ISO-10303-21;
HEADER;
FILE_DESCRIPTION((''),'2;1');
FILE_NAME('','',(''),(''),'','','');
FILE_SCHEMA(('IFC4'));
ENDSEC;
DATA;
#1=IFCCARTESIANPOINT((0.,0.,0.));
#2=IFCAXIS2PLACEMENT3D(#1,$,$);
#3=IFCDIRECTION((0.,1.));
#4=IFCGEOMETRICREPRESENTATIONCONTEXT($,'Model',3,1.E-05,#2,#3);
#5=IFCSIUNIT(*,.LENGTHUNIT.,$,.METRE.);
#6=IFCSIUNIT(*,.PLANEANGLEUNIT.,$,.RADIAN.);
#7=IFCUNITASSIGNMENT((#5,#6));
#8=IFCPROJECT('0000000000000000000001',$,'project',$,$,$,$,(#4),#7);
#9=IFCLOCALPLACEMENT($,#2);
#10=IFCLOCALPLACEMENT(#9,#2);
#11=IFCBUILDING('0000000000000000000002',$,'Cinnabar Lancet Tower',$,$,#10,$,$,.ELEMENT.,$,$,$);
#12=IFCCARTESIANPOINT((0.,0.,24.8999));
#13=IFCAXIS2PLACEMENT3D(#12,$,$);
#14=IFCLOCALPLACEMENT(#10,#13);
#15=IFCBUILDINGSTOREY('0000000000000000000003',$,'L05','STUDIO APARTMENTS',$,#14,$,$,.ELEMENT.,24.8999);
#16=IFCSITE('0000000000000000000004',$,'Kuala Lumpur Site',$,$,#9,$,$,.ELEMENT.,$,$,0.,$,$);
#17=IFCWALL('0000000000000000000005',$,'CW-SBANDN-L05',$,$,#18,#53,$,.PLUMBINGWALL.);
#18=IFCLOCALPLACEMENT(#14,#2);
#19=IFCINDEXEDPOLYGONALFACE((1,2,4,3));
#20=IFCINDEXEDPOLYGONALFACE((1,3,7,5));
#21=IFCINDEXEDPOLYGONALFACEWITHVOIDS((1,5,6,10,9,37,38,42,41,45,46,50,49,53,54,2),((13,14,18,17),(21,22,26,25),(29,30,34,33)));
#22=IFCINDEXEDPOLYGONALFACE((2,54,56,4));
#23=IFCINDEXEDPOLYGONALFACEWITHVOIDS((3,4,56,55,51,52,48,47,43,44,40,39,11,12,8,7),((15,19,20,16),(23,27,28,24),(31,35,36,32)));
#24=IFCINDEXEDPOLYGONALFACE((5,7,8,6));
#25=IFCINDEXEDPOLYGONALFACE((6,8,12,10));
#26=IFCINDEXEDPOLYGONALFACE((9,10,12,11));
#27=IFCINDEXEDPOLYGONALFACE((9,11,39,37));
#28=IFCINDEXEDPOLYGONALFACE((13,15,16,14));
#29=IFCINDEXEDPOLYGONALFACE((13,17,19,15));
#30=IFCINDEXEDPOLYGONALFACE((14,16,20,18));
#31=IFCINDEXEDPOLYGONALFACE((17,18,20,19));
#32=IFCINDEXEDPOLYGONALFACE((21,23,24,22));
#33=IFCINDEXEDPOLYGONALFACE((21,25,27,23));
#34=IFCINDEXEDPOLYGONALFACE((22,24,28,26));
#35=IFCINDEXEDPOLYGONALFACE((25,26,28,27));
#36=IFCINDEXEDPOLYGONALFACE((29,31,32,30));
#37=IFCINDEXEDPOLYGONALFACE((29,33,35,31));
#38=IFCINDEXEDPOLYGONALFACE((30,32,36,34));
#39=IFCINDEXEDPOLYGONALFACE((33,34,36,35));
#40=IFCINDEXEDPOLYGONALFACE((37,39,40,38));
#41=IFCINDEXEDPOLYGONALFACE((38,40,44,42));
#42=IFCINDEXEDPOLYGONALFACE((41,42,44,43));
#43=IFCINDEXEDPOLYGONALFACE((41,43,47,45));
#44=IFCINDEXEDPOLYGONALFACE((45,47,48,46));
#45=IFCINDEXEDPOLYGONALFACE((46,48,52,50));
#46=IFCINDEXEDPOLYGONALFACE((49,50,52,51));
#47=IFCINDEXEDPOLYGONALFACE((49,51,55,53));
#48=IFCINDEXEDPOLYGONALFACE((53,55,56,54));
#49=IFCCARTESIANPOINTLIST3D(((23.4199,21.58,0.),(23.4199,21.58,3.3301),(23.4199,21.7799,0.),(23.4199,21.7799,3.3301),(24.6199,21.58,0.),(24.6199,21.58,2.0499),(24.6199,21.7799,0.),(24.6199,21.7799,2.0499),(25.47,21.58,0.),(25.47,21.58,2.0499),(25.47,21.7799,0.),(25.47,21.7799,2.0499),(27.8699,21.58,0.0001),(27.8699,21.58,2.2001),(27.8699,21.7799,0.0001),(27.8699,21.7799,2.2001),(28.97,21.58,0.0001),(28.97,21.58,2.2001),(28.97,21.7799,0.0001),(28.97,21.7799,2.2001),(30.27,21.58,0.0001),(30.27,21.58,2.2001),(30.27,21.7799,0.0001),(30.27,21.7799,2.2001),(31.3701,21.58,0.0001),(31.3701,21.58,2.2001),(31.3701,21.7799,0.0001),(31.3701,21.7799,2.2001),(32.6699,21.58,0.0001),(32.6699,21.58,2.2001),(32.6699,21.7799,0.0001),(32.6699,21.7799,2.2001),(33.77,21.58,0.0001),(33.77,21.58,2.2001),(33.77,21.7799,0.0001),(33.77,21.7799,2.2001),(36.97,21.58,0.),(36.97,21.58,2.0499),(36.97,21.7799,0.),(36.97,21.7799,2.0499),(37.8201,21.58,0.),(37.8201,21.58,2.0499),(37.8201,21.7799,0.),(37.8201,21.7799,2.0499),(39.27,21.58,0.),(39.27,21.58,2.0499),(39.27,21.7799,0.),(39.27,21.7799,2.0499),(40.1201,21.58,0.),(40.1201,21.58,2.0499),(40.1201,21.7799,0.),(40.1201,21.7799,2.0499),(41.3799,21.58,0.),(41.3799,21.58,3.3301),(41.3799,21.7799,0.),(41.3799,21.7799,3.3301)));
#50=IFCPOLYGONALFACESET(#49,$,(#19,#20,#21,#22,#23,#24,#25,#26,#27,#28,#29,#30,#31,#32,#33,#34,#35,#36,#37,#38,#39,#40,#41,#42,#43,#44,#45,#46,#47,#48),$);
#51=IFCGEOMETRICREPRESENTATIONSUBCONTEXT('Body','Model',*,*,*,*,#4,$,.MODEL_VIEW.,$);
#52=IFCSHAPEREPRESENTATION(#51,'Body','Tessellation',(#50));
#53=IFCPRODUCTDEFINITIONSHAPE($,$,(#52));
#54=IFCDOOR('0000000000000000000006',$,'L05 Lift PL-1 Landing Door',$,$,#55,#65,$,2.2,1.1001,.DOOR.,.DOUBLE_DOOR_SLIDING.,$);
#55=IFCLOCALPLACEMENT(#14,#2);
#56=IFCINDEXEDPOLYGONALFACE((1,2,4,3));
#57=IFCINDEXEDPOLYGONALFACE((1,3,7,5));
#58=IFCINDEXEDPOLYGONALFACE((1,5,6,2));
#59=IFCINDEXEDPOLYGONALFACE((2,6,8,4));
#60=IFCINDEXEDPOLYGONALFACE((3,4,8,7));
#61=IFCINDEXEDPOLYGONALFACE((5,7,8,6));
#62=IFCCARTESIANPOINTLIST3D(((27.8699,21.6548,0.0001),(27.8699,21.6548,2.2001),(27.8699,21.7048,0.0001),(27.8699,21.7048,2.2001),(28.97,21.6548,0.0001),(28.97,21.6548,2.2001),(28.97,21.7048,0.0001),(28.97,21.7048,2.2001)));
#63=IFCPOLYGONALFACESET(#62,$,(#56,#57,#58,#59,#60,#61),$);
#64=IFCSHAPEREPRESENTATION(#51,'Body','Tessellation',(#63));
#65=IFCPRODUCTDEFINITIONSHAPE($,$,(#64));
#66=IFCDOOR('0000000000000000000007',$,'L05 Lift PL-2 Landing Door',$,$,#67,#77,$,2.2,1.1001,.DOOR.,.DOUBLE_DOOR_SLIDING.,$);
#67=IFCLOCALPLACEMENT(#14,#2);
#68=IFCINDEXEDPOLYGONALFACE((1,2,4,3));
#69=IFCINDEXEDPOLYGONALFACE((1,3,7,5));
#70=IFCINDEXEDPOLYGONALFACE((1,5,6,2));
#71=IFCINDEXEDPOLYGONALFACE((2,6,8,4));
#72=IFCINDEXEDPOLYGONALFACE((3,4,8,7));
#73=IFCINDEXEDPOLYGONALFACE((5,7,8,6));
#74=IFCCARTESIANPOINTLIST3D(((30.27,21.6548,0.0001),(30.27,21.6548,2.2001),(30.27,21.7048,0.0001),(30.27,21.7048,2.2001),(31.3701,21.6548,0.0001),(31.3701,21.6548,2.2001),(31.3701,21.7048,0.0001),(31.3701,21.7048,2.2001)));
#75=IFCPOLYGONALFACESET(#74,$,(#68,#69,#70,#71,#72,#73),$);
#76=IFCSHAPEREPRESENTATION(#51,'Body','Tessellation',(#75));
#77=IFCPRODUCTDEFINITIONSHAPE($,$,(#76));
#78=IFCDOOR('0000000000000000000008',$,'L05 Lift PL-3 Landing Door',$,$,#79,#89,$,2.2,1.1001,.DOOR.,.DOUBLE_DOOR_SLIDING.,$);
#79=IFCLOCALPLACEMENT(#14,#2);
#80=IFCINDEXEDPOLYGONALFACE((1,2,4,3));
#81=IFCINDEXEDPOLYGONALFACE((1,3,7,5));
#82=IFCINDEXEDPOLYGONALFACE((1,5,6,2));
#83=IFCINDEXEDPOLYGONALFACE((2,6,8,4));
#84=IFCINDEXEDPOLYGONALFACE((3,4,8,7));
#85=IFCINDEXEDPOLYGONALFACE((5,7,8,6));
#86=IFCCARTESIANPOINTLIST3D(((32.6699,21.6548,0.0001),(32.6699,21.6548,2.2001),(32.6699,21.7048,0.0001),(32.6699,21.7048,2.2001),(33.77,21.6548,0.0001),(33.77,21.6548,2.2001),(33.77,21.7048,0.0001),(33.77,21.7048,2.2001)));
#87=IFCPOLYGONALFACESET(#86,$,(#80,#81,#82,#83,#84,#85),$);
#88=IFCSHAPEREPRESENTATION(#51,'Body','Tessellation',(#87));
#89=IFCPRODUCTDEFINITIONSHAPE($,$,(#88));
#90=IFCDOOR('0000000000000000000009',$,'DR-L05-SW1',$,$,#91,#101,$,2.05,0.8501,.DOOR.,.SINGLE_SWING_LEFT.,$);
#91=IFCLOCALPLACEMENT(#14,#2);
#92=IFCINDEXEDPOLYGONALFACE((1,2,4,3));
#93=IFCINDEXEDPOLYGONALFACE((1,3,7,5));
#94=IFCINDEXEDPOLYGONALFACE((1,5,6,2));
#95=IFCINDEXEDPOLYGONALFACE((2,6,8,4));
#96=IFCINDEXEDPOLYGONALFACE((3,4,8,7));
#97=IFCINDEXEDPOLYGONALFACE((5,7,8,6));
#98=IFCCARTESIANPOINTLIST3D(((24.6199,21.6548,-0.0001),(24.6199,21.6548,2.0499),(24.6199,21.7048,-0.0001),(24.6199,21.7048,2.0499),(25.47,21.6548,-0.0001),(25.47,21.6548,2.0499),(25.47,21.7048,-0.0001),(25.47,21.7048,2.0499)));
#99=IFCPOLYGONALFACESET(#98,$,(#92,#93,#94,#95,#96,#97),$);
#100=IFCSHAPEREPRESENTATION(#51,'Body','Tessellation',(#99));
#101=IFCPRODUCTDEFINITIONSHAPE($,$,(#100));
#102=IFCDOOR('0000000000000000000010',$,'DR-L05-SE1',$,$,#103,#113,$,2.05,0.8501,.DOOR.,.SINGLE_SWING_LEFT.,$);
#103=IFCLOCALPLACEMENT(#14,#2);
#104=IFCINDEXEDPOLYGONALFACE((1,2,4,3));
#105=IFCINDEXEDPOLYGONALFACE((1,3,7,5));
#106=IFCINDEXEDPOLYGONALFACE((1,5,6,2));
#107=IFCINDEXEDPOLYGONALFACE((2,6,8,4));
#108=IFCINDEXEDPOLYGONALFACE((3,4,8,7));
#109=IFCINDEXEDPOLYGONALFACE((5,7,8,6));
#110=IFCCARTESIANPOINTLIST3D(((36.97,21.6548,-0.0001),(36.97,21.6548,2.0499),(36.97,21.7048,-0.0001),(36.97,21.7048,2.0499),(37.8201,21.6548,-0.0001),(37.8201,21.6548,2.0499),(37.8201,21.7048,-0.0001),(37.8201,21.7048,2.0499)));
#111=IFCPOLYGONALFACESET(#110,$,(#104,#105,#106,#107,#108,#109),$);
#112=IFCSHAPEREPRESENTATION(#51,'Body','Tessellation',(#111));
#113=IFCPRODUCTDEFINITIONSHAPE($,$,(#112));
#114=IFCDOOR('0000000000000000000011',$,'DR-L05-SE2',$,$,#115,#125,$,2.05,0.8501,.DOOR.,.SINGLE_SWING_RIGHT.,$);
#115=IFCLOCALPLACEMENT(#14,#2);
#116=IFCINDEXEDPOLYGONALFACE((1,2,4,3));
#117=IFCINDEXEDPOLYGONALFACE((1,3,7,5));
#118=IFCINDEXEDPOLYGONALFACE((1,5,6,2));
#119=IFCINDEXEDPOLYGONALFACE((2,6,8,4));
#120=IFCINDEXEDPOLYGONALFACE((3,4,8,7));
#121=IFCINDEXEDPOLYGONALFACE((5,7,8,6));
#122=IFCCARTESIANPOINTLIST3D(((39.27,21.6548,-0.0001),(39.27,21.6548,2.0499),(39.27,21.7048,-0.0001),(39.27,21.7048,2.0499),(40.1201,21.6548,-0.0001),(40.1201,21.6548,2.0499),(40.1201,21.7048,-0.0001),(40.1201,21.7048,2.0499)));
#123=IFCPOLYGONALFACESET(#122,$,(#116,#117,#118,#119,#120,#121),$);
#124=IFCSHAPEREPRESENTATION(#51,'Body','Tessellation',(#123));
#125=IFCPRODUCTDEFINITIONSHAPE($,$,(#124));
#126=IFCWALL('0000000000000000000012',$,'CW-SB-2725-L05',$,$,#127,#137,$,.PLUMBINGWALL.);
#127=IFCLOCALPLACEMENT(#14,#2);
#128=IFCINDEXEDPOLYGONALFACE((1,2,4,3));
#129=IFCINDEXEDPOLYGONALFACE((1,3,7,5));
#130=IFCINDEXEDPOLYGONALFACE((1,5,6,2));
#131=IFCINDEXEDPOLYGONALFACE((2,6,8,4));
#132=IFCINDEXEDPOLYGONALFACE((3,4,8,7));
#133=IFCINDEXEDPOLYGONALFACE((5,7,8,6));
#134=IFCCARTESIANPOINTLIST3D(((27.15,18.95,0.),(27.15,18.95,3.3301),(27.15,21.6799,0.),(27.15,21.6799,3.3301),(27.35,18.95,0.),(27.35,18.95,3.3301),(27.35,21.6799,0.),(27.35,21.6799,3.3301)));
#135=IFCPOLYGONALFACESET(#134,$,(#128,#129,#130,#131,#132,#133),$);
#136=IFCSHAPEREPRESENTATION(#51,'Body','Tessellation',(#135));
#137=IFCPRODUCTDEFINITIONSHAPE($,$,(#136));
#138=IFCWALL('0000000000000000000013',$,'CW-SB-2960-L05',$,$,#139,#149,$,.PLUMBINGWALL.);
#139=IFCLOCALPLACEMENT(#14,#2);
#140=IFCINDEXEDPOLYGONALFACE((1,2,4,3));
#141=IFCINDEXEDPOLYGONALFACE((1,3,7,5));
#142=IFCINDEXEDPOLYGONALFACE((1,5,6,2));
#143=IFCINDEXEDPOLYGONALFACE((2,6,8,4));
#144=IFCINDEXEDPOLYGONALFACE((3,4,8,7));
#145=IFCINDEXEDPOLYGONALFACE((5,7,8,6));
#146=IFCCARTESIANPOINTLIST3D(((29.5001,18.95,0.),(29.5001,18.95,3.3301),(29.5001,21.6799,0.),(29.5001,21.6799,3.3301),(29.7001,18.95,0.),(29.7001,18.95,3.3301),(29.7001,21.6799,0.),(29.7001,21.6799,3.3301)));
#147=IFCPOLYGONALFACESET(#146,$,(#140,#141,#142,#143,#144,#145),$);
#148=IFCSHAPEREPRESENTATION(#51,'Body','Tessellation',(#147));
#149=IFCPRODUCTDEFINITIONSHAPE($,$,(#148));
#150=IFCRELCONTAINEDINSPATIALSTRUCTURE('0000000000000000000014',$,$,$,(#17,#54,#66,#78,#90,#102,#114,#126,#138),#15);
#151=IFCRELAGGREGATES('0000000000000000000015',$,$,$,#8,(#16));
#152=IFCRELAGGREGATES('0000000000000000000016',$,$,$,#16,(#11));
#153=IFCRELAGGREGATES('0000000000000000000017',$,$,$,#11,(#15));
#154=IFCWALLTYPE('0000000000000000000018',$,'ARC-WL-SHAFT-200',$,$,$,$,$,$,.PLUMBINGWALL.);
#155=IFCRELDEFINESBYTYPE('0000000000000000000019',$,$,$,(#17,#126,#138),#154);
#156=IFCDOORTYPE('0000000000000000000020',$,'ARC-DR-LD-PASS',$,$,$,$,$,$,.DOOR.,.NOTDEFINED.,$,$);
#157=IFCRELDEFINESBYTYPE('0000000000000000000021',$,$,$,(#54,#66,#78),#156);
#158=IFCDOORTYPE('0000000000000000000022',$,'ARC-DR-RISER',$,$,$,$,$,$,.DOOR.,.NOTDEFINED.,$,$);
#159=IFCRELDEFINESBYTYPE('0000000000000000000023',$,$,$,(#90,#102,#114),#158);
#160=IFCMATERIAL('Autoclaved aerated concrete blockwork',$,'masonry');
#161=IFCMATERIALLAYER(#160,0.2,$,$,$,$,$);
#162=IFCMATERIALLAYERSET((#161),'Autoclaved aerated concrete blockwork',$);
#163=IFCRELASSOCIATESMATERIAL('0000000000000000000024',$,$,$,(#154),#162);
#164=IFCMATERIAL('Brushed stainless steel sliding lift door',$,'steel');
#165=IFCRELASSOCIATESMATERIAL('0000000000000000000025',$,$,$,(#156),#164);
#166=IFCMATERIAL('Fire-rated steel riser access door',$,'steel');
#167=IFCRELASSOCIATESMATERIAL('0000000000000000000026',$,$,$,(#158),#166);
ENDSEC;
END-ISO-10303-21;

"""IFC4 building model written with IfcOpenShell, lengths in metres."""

from ifc_helpers import new_model, si_unit, direction, frame, frame_2d, origin, place, context, subcontext, project, spatial, rectangle, extrude, material, layer, layer_set, type_object, element, fill, save


model = new_model("IFC4")

# Units and contexts
model_context = context("Model", 3, precision=1e-05, world=origin(), true_north=direction((0.0, 1.0)))
body_context = subcontext(model_context, "Body", "Model", "MODEL_VIEW")
ifc_project = project(units=[si_unit("LENGTHUNIT", "METRE"), si_unit("PLANEANGLEUNIT", "RADIAN")], contexts=[model_context])

# Site, building, storey
site_placement = place(None, origin())
site = spatial("IfcSite", under=ifc_project, at=site_placement, Name="Kuala Lumpur Site", CompositionType="ELEMENT", RefElevation=0.0)
building_placement = place(site_placement, origin())
building = spatial("IfcBuilding", under=site, at=building_placement, Name="Cinnabar Lancet Tower", CompositionType="ELEMENT")
storey_placement = place(building_placement, frame((0.0, 0.0, 24.8999)))
storey = spatial("IfcBuildingStorey", under=building, at=storey_placement, Name="L05", Description="STUDIO APARTMENTS", CompositionType="ELEMENT", Elevation=24.8999)

# Shared definitions
ifc_material_1 = material(Name="Autoclaved aerated concrete blockwork", Category="masonry")
ifc_layer_1 = layer(ifc_material_1, 0.2)
ifc_layer_set_1 = layer_set([ifc_layer_1], Name="Autoclaved aerated concrete blockwork")
wall_type_1 = type_object("IfcWallType", Name="ARC-WL-SHAFT-200", PredefinedType="PLUMBINGWALL", material=ifc_layer_set_1)

# Wall, openings, doors
wall_1_placement = place(storey_placement, frame((23.4199, 21.6799, 0.0), z_axis=(0.0, 0.0, 1.0), x_axis=(1.0, 0.0, 0.0)))
wall_1 = element("IfcWall", 1, at=wall_1_placement, inside=storey, type_object=wall_type_1, Name="CW-SBANDN-L05", PredefinedType="PLUMBINGWALL", context=body_context, shape_type="SweptSolid", body=[
    extrude(rectangle(XDim=17.96, YDim=0.2, at=frame_2d((8.98, 0.0))), origin(), (0.0, 0.0, 1.0), 3.3301),
])
opening_1_placement = place(wall_1_placement, frame((4.45, 0.0, 0.0)))
opening_1 = element("IfcOpeningElement", 2, at=opening_1_placement, cuts=wall_1, PredefinedType="OPENING", context=body_context, shape_type="SweptSolid", body=[
    extrude(rectangle(XDim=1.1001, YDim=2.2, at=frame_2d((0.55, 1.1001))), frame((0.0, 0.1099, 0.0), z_axis=(0.0, -1.0, 0.0), x_axis=(1.0, 0.0, 0.0)), (0.0, 0.0, 1.0), 0.22),
])
opening_2_placement = place(wall_1_placement, frame((6.8501, 0.0, 0.0)))
opening_2 = element("IfcOpeningElement", 3, at=opening_2_placement, cuts=wall_1, PredefinedType="OPENING", context=body_context, shape_type="SweptSolid", body=[
    extrude(rectangle(XDim=1.1001, YDim=2.2, at=frame_2d((0.55, 1.1001))), frame((0.0, 0.1099, 0.0), z_axis=(0.0, -1.0, 0.0), x_axis=(1.0, 0.0, 0.0)), (0.0, 0.0, 1.0), 0.22),
])
opening_3_placement = place(wall_1_placement, frame((9.25, 0.0, 0.0)))
opening_3 = element("IfcOpeningElement", 4, at=opening_3_placement, cuts=wall_1, PredefinedType="OPENING", context=body_context, shape_type="SweptSolid", body=[
    extrude(rectangle(XDim=1.1001, YDim=2.2, at=frame_2d((0.55, 1.1001))), frame((0.0, 0.1099, 0.0), z_axis=(0.0, -1.0, 0.0), x_axis=(1.0, 0.0, 0.0)), (0.0, 0.0, 1.0), 0.22),
])
opening_4_placement = place(wall_1_placement, frame((1.2, 0.0, 0.0)))
opening_4 = element("IfcOpeningElement", 5, at=opening_4_placement, cuts=wall_1, PredefinedType="OPENING", context=body_context, shape_type="SweptSolid", body=[
    extrude(rectangle(XDim=0.8501, YDim=2.05, at=frame_2d((0.425, 1.0249))), frame((0.0, 0.1099, 0.0), z_axis=(0.0, -1.0, 0.0), x_axis=(1.0, 0.0, 0.0)), (0.0, 0.0, 1.0), 0.22),
])
opening_5_placement = place(wall_1_placement, frame((13.55, 0.0, 0.0)))
opening_5 = element("IfcOpeningElement", 6, at=opening_5_placement, cuts=wall_1, PredefinedType="OPENING", context=body_context, shape_type="SweptSolid", body=[
    extrude(rectangle(XDim=0.8501, YDim=2.05, at=frame_2d((0.425, 1.0249))), frame((0.0, 0.1099, 0.0), z_axis=(0.0, -1.0, 0.0), x_axis=(1.0, 0.0, 0.0)), (0.0, 0.0, 1.0), 0.22),
])
opening_6_placement = place(wall_1_placement, frame((15.8501, 0.0, 0.0)))
opening_6 = element("IfcOpeningElement", 7, at=opening_6_placement, cuts=wall_1, PredefinedType="OPENING", context=body_context, shape_type="SweptSolid", body=[
    extrude(rectangle(XDim=0.8501, YDim=2.05, at=frame_2d((0.425, 1.0249))), frame((0.0, 0.1099, 0.0), z_axis=(0.0, -1.0, 0.0), x_axis=(1.0, 0.0, 0.0)), (0.0, 0.0, 1.0), 0.22),
])
ifc_material_2 = material(Name="Brushed stainless steel sliding lift door", Category="steel")
door_type_1 = type_object("IfcDoorType", Name="ARC-DR-LD-PASS", OperationType="NOTDEFINED", PredefinedType="DOOR", material=ifc_material_2)
door_1_placement = place(opening_1_placement, origin())
door_1 = element("IfcDoor", 8, at=door_1_placement, inside=storey, type_object=door_type_1, Name="L05 Lift PL-1 Landing Door", OperationType="DOUBLE_DOOR_SLIDING", OverallHeight=2.2, OverallWidth=1.1001, PredefinedType="DOOR", context=body_context, shape_type="SweptSolid", body=[
    extrude(rectangle(XDim=1.1001, YDim=2.2, at=frame_2d((0.55, 1.1001))), frame((0.0, 0.0249, 0.0), z_axis=(0.0, -1.0, 0.0), x_axis=(1.0, 0.0, 0.0)), (0.0, 0.0, 1.0), 0.05),
])
fill(opening_1, door_1)
door_2_placement = place(opening_2_placement, origin())
door_2 = element("IfcDoor", 9, at=door_2_placement, inside=storey, type_object=door_type_1, Name="L05 Lift PL-2 Landing Door", OperationType="DOUBLE_DOOR_SLIDING", OverallHeight=2.2, OverallWidth=1.1001, PredefinedType="DOOR", context=body_context, shape_type="SweptSolid", body=[
    extrude(rectangle(XDim=1.1001, YDim=2.2, at=frame_2d((0.55, 1.1001))), frame((0.0, 0.0249, 0.0), z_axis=(0.0, -1.0, 0.0), x_axis=(1.0, 0.0, 0.0)), (0.0, 0.0, 1.0), 0.05),
])
fill(opening_2, door_2)
door_3_placement = place(opening_3_placement, origin())
door_3 = element("IfcDoor", 10, at=door_3_placement, inside=storey, type_object=door_type_1, Name="L05 Lift PL-3 Landing Door", OperationType="DOUBLE_DOOR_SLIDING", OverallHeight=2.2, OverallWidth=1.1001, PredefinedType="DOOR", context=body_context, shape_type="SweptSolid", body=[
    extrude(rectangle(XDim=1.1001, YDim=2.2, at=frame_2d((0.55, 1.1001))), frame((0.0, 0.0249, 0.0), z_axis=(0.0, -1.0, 0.0), x_axis=(1.0, 0.0, 0.0)), (0.0, 0.0, 1.0), 0.05),
])
fill(opening_3, door_3)
ifc_material_3 = material(Name="Fire-rated steel riser access door", Category="steel")
door_type_2 = type_object("IfcDoorType", Name="ARC-DR-RISER", OperationType="NOTDEFINED", PredefinedType="DOOR", material=ifc_material_3)
door_4_placement = place(opening_4_placement, origin())
door_4 = element("IfcDoor", 11, at=door_4_placement, inside=storey, type_object=door_type_2, Name="DR-L05-SW1", OperationType="SINGLE_SWING_LEFT", OverallHeight=2.05, OverallWidth=0.8501, PredefinedType="DOOR", context=body_context, shape_type="SweptSolid", body=[
    extrude(rectangle(XDim=0.8501, YDim=2.05, at=frame_2d((0.425, 1.0249))), frame((0.0, 0.0249, 0.0), z_axis=(0.0, -1.0, 0.0), x_axis=(1.0, 0.0, 0.0)), (0.0, 0.0, 1.0), 0.05),
])
fill(opening_4, door_4)
door_5_placement = place(opening_5_placement, origin())
door_5 = element("IfcDoor", 12, at=door_5_placement, inside=storey, type_object=door_type_2, Name="DR-L05-SE1", OperationType="SINGLE_SWING_LEFT", OverallHeight=2.05, OverallWidth=0.8501, PredefinedType="DOOR", context=body_context, shape_type="SweptSolid", body=[
    extrude(rectangle(XDim=0.8501, YDim=2.05, at=frame_2d((0.425, 1.0249))), frame((0.0, 0.0249, 0.0), z_axis=(0.0, -1.0, 0.0), x_axis=(1.0, 0.0, 0.0)), (0.0, 0.0, 1.0), 0.05),
])
fill(opening_5, door_5)
door_6_placement = place(opening_6_placement, origin())
door_6 = element("IfcDoor", 13, at=door_6_placement, inside=storey, type_object=door_type_2, Name="DR-L05-SE2", OperationType="SINGLE_SWING_RIGHT", OverallHeight=2.05, OverallWidth=0.8501, PredefinedType="DOOR", context=body_context, shape_type="SweptSolid", body=[
    extrude(rectangle(XDim=0.8501, YDim=2.05, at=frame_2d((0.425, 1.0249))), frame((0.0, 0.0249, 0.0), z_axis=(0.0, -1.0, 0.0), x_axis=(1.0, 0.0, 0.0)), (0.0, 0.0, 1.0), 0.05),
])
fill(opening_6, door_6)

# Walls
for number, where, z_axis, x_axis, name in (
    (14, (27.25, 18.95, 0.0), (0.0, 0.0, 1.0), (0.0, 1.0, 0.0), "CW-SB-2725-L05"),
    (15, (29.6001, 18.95, 0.0), (0.0, 0.0, 1.0), (0.0, 1.0, 0.0), "CW-SB-2960-L05"),
):
    element("IfcWall", number, at=place(storey_placement, frame(where, z_axis=z_axis, x_axis=x_axis)), inside=storey, type_object=wall_type_1, Name=name, PredefinedType="PLUMBINGWALL", context=body_context, shape_type="SweptSolid", body=[
        extrude(rectangle(XDim=2.73, YDim=0.2, at=frame_2d((1.365, 0.0))), origin(), (0.0, 0.0, 1.0), 3.3301),
    ])

save(model, "model.ifc")
